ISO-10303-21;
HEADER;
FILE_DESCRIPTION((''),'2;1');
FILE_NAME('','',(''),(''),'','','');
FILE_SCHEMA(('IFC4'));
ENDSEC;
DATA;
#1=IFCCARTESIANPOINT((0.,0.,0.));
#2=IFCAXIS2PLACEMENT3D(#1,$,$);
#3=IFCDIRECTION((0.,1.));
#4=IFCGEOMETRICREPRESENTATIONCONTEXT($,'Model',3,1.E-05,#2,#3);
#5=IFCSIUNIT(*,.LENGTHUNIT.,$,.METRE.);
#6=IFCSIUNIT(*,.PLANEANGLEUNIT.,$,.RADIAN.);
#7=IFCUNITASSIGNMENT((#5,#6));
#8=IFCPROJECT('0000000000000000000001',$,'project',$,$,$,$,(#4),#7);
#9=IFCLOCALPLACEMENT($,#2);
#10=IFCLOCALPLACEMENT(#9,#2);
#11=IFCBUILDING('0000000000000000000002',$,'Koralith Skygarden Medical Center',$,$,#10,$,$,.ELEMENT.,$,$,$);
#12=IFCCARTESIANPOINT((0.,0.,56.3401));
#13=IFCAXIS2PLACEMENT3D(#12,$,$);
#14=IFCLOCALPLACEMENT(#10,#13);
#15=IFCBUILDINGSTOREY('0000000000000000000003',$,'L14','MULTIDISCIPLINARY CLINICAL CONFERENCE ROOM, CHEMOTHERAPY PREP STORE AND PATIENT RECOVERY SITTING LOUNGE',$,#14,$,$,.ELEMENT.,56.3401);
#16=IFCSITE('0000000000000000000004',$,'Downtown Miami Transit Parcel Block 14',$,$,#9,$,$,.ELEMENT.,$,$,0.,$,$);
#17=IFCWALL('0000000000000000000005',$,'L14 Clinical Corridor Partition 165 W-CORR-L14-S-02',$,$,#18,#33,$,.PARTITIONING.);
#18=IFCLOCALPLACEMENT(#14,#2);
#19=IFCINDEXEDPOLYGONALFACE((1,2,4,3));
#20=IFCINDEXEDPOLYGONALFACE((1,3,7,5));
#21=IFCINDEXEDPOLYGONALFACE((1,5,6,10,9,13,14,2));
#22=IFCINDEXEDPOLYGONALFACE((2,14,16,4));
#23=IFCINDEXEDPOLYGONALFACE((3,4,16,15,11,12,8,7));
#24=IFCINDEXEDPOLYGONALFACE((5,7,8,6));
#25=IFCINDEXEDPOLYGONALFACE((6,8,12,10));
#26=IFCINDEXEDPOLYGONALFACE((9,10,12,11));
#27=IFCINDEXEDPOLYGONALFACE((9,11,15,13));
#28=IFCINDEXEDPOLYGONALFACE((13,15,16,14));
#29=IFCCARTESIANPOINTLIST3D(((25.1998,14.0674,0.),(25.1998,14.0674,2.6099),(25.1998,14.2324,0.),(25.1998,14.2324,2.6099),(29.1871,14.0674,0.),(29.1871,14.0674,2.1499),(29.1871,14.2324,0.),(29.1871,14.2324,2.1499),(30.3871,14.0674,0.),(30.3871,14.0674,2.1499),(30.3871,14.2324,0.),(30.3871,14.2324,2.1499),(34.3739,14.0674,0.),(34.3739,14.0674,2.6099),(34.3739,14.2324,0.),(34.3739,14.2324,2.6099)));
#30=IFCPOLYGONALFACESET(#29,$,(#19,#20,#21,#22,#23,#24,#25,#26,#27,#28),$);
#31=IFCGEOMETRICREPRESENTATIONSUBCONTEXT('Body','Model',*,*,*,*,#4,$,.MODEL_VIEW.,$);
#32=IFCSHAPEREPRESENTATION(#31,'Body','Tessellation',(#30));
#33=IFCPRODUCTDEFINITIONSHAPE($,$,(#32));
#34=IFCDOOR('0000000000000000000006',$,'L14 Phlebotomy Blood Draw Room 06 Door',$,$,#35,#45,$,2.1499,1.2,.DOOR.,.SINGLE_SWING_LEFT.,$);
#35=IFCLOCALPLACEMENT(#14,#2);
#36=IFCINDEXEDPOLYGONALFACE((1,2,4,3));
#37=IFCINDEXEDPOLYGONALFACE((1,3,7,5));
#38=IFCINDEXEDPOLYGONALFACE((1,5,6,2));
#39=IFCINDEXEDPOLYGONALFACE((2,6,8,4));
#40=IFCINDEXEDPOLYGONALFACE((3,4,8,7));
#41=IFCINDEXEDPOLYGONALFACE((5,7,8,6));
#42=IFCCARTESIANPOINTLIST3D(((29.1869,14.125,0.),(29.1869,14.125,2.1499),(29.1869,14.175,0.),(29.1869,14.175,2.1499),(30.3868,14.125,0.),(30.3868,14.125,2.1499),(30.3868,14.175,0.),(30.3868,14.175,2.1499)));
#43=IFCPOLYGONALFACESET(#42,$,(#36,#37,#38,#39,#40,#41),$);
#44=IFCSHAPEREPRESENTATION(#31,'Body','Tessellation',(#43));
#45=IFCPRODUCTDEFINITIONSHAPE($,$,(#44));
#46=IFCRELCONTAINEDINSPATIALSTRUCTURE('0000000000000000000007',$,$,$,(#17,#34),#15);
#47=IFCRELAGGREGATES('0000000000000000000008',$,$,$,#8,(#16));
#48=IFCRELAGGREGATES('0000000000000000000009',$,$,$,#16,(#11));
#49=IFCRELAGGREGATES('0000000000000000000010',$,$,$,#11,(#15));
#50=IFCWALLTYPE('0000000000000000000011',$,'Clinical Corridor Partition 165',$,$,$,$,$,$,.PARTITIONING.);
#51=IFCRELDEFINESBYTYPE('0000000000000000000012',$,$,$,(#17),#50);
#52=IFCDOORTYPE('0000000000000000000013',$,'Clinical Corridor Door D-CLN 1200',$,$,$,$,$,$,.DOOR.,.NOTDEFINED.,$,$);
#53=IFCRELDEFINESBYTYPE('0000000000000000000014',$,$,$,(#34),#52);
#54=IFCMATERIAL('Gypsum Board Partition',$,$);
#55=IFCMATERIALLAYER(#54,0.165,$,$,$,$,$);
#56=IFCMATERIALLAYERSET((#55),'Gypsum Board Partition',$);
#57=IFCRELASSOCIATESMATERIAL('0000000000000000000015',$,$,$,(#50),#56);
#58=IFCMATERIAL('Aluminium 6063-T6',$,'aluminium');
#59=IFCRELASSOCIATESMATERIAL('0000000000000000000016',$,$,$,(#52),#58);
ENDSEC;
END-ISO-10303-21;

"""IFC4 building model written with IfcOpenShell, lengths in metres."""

from ifc_helpers import new_model, si_unit, direction, frame, frame_2d, origin, place, context, subcontext, project, spatial, rectangle, extrude, material, layer, layer_set, type_object, element, fill, save


model = new_model("IFC4")

# Units and contexts
model_context = context("Model", 3, precision=1e-05, world=origin(), true_north=direction((0.0, 1.0)))
body_context = subcontext(model_context, "Body", "Model", "MODEL_VIEW")
ifc_project = project(units=[si_unit("LENGTHUNIT", "METRE"), si_unit("PLANEANGLEUNIT", "RADIAN")], contexts=[model_context])

# Site, building, storey
site_placement = place(None, origin())
site = spatial("IfcSite", under=ifc_project, at=site_placement, Name="Downtown Miami Transit Parcel Block 14", CompositionType="ELEMENT", RefElevation=0.0)
building_placement = place(site_placement, origin())
building = spatial("IfcBuilding", under=site, at=building_placement, Name="Koralith Skygarden Medical Center", CompositionType="ELEMENT")
storey_placement = place(building_placement, frame((0.0, 0.0, 56.3401)))
storey = spatial("IfcBuildingStorey", under=building, at=storey_placement, Name="L14", Description="MULTIDISCIPLINARY CLINICAL CONFERENCE ROOM, CHEMOTHERAPY PREP STORE AND PATIENT RECOVERY SITTING LOUNGE", CompositionType="ELEMENT", Elevation=56.3401)

# Shared definitions
ifc_material_1 = material(Name="Aluminium 6063-T6", Category="aluminium")

# Shared definitions
ifc_material_2 = material(Name="Gypsum Board Partition")

# Wall, opening, door
ifc_layer_1 = layer(ifc_material_2, 0.165)
ifc_layer_set_1 = layer_set([ifc_layer_1], Name="Gypsum Board Partition")
wall_type_1 = type_object("IfcWallType", Name="Clinical Corridor Partition 165", PredefinedType="PARTITIONING", material=ifc_layer_set_1)
wall_1_placement = place(storey_placement, frame((25.2, 14.1499, 0.0), z_axis=(0.0, 0.0, 1.0), x_axis=(1.0, 0.0, 0.0)))
wall_1 = element("IfcWall", 1, at=wall_1_placement, inside=storey, type_object=wall_type_1, Name="L14 Clinical Corridor Partition 165 W-CORR-L14-S-02", PredefinedType="PARTITIONING", context=body_context, shape_type="SweptSolid", body=[
    extrude(rectangle(XDim=9.1741, YDim=0.165, at=frame_2d((4.5869, 0.0))), origin(), (0.0, 0.0, 1.0), 2.6099),
])
opening_1_placement = place(wall_1_placement, frame((3.9871, 0.0, 0.0)))
opening_1 = element("IfcOpeningElement", 2, at=opening_1_placement, cuts=wall_1, PredefinedType="OPENING", context=body_context, shape_type="SweptSolid", body=[
    extrude(rectangle(XDim=1.2, YDim=2.1499, at=frame_2d((0.6001, 1.075))), frame((0.0, 0.0925, 0.0), z_axis=(0.0, -1.0, 0.0), x_axis=(1.0, 0.0, 0.0)), (0.0, 0.0, 1.0), 0.1851),
])
door_type_1 = type_object("IfcDoorType", Name="Clinical Corridor Door D-CLN 1200", OperationType="NOTDEFINED", PredefinedType="DOOR", material=ifc_material_1)
door_1_placement = place(opening_1_placement, frame((1.2, 0.0, 0.0), z_axis=(0.0, 0.0, 1.0), x_axis=(-1.0, 0.0, 0.0)))
door_1 = element("IfcDoor", 3, at=door_1_placement, inside=storey, type_object=door_type_1, Name="L14 Phlebotomy Blood Draw Room 06 Door", OperationType="SINGLE_SWING_LEFT", OverallHeight=2.1499, OverallWidth=1.2, PredefinedType="DOOR", context=body_context, shape_type="SweptSolid", body=[
    extrude(rectangle(XDim=1.2, YDim=2.1499, at=frame_2d((0.6001, 1.075))), frame((0.0, 0.0249, 0.0), z_axis=(0.0, -1.0, 0.0), x_axis=(1.0, 0.0, 0.0)), (0.0, 0.0, 1.0), 0.05),
])
fill(opening_1, door_1)

save(model, "model.ifc")
